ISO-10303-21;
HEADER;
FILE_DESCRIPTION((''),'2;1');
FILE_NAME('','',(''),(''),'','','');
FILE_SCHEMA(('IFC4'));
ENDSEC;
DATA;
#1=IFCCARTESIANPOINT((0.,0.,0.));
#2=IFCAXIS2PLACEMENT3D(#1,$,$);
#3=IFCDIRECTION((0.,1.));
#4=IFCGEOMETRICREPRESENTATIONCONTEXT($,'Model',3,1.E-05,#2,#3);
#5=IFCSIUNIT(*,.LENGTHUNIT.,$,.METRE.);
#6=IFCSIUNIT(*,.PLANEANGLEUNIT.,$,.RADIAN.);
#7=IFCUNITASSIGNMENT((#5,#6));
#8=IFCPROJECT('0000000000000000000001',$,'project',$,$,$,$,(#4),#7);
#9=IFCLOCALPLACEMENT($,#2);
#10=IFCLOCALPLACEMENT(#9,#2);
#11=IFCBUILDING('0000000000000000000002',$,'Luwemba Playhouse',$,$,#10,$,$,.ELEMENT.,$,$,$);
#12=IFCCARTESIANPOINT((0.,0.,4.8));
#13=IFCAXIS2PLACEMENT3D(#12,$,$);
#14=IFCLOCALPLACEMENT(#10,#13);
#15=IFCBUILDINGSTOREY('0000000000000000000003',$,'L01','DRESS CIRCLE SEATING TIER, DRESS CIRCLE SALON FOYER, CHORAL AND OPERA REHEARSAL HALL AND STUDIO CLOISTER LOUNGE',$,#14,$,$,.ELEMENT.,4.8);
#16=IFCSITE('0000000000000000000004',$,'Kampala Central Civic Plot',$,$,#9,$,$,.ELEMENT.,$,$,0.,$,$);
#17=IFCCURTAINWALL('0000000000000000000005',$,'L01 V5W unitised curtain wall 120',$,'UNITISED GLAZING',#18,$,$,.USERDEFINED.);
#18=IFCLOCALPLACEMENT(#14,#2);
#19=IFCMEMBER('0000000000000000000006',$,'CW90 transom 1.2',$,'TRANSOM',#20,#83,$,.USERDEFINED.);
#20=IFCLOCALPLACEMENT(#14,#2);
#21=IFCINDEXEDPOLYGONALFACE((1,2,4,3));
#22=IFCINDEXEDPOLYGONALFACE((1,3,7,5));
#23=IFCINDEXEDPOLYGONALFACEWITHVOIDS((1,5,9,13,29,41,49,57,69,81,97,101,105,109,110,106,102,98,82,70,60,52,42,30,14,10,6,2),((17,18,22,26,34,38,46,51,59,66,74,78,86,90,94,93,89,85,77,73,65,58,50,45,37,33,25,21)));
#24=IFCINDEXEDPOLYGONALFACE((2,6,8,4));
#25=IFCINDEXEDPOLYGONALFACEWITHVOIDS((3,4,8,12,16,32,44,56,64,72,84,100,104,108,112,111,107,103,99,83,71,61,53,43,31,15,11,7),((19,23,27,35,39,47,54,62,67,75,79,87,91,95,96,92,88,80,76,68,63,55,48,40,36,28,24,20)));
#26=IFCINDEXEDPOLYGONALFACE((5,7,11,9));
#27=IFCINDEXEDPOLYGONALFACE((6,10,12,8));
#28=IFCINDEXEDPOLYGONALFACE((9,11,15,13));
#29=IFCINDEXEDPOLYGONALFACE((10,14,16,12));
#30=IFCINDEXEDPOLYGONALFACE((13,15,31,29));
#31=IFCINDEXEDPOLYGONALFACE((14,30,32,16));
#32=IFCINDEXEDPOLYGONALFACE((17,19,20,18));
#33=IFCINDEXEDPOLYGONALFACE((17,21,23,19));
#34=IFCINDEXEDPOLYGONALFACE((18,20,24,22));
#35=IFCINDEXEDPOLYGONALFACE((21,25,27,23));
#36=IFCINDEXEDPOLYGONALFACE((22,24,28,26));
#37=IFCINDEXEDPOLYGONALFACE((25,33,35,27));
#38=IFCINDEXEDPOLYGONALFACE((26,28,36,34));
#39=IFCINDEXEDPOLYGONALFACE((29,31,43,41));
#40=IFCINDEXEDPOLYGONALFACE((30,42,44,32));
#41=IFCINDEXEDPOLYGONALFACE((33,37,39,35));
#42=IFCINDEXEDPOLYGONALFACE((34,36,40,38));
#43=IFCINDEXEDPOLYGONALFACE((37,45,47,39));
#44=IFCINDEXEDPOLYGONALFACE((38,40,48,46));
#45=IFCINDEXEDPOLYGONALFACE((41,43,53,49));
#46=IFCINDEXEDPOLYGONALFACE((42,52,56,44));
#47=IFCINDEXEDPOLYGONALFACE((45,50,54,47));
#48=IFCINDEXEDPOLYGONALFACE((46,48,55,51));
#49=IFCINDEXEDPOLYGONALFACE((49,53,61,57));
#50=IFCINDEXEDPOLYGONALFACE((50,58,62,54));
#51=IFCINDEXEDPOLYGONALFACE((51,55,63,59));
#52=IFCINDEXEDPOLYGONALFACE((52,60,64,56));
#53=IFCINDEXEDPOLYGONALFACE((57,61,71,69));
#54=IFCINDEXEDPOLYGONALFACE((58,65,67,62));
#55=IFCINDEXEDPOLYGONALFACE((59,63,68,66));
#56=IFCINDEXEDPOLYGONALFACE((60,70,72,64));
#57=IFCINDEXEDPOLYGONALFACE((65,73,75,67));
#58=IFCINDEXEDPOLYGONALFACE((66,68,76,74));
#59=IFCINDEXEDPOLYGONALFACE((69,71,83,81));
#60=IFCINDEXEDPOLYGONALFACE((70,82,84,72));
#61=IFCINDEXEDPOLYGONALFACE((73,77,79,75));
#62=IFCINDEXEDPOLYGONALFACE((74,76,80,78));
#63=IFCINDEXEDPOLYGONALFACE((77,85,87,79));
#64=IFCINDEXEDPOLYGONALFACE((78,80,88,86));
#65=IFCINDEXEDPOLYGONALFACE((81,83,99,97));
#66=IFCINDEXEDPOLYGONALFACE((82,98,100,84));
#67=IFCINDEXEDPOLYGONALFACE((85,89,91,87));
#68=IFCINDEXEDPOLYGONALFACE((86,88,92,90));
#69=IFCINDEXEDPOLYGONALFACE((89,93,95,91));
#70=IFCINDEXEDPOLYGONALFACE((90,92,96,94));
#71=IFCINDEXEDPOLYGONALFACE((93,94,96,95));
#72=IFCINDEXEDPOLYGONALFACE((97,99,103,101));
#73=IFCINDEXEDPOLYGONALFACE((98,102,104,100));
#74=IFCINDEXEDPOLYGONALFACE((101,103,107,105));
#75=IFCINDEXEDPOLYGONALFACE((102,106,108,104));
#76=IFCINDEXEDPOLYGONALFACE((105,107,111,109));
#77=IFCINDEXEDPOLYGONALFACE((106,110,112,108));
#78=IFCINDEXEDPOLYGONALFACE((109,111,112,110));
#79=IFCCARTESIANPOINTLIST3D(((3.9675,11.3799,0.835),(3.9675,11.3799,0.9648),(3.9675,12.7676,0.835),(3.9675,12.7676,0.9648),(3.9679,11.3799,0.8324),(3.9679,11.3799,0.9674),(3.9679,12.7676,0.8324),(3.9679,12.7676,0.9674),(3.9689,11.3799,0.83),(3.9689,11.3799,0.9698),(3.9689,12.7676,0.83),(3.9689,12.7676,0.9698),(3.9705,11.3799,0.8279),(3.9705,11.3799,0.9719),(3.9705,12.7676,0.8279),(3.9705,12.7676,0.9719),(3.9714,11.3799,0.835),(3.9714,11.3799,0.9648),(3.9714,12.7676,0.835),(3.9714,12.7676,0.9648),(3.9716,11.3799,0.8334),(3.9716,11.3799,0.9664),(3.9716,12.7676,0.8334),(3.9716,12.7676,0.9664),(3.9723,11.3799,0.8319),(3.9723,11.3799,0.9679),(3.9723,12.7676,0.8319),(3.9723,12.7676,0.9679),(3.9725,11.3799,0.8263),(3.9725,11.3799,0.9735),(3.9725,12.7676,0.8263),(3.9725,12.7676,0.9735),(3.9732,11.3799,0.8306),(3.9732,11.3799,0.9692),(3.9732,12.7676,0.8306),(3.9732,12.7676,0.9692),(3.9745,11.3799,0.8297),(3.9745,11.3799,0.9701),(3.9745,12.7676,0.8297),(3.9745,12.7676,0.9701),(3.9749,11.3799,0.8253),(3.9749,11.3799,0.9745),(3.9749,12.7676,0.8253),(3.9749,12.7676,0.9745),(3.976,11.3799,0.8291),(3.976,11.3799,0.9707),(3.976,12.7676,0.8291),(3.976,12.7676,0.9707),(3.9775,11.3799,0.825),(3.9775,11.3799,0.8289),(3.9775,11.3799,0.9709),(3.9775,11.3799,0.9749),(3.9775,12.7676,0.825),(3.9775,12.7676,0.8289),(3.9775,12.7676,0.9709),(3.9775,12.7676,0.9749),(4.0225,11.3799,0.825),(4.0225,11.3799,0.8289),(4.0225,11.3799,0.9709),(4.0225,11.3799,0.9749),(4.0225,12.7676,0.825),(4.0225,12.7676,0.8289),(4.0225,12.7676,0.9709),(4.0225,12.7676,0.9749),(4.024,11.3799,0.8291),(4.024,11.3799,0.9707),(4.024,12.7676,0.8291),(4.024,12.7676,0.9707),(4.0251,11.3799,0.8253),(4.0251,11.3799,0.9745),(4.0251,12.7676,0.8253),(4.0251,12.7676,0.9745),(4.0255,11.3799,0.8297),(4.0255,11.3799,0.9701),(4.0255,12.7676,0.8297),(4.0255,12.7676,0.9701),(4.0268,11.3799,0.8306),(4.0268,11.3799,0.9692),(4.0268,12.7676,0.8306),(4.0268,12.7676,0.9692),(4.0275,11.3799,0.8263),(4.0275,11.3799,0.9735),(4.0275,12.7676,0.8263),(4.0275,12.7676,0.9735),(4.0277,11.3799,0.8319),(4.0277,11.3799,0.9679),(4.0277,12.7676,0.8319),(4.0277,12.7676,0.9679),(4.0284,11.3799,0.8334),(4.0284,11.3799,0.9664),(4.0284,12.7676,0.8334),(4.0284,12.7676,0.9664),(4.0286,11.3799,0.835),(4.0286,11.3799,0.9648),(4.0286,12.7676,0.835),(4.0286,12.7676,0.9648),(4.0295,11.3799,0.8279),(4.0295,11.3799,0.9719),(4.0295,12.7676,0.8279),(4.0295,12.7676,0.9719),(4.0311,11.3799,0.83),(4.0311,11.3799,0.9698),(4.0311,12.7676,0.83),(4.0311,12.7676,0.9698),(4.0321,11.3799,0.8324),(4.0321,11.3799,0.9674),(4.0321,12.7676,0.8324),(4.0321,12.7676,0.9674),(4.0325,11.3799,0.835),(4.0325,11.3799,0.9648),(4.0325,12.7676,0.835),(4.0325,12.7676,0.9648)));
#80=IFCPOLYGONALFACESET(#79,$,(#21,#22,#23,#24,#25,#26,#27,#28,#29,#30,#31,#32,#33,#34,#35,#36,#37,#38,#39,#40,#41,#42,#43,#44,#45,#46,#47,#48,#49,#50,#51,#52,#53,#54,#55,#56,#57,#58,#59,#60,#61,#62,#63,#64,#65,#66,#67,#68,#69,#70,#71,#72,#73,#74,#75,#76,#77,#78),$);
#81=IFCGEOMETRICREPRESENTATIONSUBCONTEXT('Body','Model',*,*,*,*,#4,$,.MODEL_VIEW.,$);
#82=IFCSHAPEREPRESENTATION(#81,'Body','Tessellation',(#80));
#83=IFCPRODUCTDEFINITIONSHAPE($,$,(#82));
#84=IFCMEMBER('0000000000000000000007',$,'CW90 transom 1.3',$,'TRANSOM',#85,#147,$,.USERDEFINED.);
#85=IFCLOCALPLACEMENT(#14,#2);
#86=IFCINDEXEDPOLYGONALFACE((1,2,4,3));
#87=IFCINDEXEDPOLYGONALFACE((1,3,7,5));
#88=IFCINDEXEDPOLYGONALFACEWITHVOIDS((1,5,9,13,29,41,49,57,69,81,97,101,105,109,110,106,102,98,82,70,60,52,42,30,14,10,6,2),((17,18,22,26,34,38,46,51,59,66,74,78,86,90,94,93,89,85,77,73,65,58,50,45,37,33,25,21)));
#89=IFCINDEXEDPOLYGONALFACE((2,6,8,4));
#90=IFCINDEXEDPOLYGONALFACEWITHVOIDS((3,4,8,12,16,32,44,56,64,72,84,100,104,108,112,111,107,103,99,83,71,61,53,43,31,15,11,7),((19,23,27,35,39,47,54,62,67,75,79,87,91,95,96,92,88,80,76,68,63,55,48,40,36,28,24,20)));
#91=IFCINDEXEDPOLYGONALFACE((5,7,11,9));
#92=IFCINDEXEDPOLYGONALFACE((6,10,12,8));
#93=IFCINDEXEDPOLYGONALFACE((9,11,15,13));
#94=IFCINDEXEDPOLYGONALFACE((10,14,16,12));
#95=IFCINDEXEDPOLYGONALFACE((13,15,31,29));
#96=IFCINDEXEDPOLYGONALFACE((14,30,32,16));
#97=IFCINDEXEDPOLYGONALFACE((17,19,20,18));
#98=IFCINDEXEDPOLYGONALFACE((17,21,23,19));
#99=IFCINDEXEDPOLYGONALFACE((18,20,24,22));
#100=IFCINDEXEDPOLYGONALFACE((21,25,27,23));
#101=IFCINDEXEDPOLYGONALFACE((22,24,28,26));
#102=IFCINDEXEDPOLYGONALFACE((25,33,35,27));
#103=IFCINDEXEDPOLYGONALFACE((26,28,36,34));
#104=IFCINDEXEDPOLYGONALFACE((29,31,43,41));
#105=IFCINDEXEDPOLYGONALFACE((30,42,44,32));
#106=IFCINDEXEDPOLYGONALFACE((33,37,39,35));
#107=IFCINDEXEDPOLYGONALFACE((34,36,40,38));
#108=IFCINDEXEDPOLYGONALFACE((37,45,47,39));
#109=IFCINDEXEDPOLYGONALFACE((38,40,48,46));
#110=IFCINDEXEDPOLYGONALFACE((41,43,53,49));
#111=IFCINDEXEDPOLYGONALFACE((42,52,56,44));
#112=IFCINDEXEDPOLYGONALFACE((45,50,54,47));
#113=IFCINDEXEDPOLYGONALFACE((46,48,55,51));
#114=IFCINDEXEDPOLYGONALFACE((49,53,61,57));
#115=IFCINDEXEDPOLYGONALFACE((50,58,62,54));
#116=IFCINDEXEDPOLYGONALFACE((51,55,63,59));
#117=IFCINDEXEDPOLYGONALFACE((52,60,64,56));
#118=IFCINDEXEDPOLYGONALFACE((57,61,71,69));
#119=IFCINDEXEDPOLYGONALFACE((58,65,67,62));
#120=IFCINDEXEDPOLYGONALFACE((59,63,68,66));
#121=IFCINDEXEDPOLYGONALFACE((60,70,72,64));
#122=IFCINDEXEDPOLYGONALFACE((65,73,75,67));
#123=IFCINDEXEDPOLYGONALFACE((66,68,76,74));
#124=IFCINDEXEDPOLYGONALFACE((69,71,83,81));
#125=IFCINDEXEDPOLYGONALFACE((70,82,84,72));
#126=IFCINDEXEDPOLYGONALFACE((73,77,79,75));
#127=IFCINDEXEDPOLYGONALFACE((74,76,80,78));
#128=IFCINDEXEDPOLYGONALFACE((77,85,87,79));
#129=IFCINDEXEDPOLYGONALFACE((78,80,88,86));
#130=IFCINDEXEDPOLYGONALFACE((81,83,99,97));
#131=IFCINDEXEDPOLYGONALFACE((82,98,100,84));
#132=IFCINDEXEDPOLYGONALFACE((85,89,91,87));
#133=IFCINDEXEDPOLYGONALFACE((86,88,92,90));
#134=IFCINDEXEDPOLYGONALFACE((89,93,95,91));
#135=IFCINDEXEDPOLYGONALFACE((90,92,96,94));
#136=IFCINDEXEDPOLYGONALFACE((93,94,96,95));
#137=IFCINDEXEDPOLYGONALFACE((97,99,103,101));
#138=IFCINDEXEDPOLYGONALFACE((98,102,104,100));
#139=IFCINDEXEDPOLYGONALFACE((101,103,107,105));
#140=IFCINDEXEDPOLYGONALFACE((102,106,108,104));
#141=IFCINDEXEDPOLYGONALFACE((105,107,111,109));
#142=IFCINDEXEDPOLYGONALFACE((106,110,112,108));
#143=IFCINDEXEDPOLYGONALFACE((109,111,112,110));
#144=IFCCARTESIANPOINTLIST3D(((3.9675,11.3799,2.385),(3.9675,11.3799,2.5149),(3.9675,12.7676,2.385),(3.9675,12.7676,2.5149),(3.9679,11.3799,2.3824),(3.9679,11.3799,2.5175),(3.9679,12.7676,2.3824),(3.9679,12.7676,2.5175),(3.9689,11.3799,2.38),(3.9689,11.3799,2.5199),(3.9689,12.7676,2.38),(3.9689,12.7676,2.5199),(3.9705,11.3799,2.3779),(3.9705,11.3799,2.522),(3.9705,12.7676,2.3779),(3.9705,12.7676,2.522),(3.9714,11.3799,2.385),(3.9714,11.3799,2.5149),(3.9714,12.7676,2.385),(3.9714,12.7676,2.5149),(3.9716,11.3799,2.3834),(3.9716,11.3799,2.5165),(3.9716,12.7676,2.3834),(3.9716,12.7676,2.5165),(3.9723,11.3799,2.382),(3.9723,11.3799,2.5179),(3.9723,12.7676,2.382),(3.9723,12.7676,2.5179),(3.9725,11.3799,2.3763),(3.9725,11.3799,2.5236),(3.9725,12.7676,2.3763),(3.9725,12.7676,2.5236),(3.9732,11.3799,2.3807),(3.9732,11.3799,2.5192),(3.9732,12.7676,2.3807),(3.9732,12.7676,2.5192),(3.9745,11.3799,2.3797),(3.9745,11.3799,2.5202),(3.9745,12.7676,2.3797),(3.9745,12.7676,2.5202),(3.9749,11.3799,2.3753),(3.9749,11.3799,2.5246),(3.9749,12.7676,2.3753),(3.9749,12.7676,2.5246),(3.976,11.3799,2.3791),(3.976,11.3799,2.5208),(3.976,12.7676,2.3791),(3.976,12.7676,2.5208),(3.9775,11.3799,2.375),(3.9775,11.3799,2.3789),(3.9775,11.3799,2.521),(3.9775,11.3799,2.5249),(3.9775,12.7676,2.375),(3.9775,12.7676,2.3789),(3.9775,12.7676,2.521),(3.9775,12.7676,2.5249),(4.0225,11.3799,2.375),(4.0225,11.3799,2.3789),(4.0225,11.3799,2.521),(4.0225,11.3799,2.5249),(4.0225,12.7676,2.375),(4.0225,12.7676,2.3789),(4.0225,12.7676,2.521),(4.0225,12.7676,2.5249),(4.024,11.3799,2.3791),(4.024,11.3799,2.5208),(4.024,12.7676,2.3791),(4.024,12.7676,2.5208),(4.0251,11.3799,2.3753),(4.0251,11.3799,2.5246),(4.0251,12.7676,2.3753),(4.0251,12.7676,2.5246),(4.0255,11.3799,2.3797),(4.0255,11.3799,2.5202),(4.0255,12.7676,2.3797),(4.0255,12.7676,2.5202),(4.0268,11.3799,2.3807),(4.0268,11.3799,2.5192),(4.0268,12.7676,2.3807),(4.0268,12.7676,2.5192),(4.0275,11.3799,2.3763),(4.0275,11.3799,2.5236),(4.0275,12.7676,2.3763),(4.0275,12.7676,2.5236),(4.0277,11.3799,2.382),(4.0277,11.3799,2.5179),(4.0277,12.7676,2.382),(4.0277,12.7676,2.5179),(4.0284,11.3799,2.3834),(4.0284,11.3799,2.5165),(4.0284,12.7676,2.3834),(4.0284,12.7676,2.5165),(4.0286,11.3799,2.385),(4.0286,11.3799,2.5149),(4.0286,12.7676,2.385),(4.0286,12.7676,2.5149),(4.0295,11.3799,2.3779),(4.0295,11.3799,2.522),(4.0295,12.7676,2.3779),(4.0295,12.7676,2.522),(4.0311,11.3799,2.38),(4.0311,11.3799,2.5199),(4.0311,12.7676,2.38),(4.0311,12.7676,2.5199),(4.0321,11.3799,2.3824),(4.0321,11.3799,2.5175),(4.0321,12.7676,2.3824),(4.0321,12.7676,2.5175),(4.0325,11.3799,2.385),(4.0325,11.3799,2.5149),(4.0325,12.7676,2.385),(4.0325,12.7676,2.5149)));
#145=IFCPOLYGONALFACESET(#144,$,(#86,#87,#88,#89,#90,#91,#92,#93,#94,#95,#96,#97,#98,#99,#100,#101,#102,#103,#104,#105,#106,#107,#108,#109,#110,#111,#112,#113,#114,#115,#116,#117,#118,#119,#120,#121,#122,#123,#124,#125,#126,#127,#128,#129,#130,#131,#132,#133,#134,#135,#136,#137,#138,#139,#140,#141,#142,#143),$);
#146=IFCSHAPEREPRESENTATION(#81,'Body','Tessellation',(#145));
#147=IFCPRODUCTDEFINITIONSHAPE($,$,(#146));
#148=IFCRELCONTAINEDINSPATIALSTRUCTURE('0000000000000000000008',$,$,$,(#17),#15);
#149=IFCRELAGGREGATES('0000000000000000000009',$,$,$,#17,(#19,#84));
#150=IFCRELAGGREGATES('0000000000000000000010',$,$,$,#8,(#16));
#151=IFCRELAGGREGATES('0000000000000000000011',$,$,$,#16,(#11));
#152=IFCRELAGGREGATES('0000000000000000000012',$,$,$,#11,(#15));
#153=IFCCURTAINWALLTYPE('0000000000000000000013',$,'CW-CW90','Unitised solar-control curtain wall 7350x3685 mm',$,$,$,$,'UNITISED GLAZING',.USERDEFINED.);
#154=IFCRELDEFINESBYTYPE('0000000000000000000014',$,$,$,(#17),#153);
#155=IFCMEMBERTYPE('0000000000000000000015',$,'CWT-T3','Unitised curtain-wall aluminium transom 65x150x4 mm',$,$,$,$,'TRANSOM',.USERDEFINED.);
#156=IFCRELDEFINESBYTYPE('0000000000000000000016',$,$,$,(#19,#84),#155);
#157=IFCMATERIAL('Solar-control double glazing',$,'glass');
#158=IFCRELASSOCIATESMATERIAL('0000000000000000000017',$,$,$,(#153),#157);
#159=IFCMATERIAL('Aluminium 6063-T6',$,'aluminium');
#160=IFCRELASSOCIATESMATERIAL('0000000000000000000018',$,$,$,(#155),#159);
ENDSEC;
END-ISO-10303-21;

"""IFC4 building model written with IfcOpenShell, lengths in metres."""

from ifc_helpers import new_model, si_unit, direction, frame, origin, origin_2d, place, context, subcontext, project, spatial, hollow_rectangle, extrude, material, material_profile, profile_set, type_object, element, aggregate, save


model = new_model("IFC4")

# Units and contexts
model_context = context("Model", 3, precision=1e-05, world=origin(), true_north=direction((0.0, 1.0)))
body_context = subcontext(model_context, "Body", "Model", "MODEL_VIEW")
ifc_project = project(units=[si_unit("LENGTHUNIT", "METRE"), si_unit("PLANEANGLEUNIT", "RADIAN")], contexts=[model_context])

# Site, building, storey
site_placement = place(None, origin())
site = spatial("IfcSite", under=ifc_project, at=site_placement, Name="Kampala Central Civic Plot", CompositionType="ELEMENT", RefElevation=0.0)
building_placement = place(site_placement, origin())
building = spatial("IfcBuilding", under=site, at=building_placement, Name="Luwemba Playhouse", CompositionType="ELEMENT")
storey_placement = place(building_placement, frame((0.0, 0.0, 4.8)))
storey = spatial("IfcBuildingStorey", under=building, at=storey_placement, Name="L01", Description="DRESS CIRCLE SEATING TIER, DRESS CIRCLE SALON FOYER, CHORAL AND OPERA REHEARSAL HALL AND STUDIO CLOISTER LOUNGE", CompositionType="ELEMENT", Elevation=4.8)

# Curtain wall, members
ifc_material_1 = material(Name="Solar-control double glazing", Category="glass")
curtain_wall_type = type_object("IfcCurtainWallType", Name="CW-CW90", Description="Unitised solar-control curtain wall 7350x3685 mm", ElementType="UNITISED GLAZING", PredefinedType="USERDEFINED", material=ifc_material_1)
curtain_wall_placement = place(storey_placement, origin())
curtain_wall = element("IfcCurtainWall", 1, at=curtain_wall_placement, inside=storey, type_object=curtain_wall_type, Name="L01 V5W unitised curtain wall 120", ObjectType="UNITISED GLAZING", PredefinedType="USERDEFINED")
ifc_material_2 = material(Name="Aluminium 6063-T6", Category="aluminium")
ifc_material_profile_1 = material_profile(ifc_material_2, hollow_rectangle(XDim=0.0649, YDim=0.1499, WallThickness=0.0039, InnerFilletRadius=0.0061, OuterFilletRadius=0.01, at=origin_2d()))
ifc_profile_set_1 = profile_set([ifc_material_profile_1], Name="Aluminium 6063-T6")
member_type_1 = type_object("IfcMemberType", Name="CWT-T3", Description="Unitised curtain-wall aluminium transom 65x150x4 mm", ElementType="TRANSOM", PredefinedType="USERDEFINED", material=ifc_profile_set_1)
member_1_placement = place(storey_placement, frame((4.0, 11.3799, 0.8999), z_axis=(0.0, 1.0, 0.0), x_axis=(-1.0, 0.0, 0.0)))
member_1 = element("IfcMember", 2, at=member_1_placement, type_object=member_type_1, Name="CW90 transom 1.2", ObjectType="TRANSOM", PredefinedType="USERDEFINED", context=body_context, shape_type="SweptSolid", body=[
    extrude(hollow_rectangle(XDim=0.0649, YDim=0.1499, WallThickness=0.0039, InnerFilletRadius=0.0061, OuterFilletRadius=0.01, at=origin_2d()), origin(), (0.0, 0.0, 1.0), 1.3877),
])
member_2_placement = place(storey_placement, frame((4.0, 11.3799, 2.45), z_axis=(0.0, 1.0, 0.0), x_axis=(-1.0, 0.0, 0.0)))
member_2 = element("IfcMember", 3, at=member_2_placement, type_object=member_type_1, Name="CW90 transom 1.3", ObjectType="TRANSOM", PredefinedType="USERDEFINED", context=body_context, shape_type="SweptSolid", body=[
    extrude(hollow_rectangle(XDim=0.0649, YDim=0.1499, WallThickness=0.0039, InnerFilletRadius=0.0061, OuterFilletRadius=0.01, at=origin_2d()), origin(), (0.0, 0.0, 1.0), 1.3877),
])
aggregate(curtain_wall, [member_1, member_2])

save(model, "model.ifc")
